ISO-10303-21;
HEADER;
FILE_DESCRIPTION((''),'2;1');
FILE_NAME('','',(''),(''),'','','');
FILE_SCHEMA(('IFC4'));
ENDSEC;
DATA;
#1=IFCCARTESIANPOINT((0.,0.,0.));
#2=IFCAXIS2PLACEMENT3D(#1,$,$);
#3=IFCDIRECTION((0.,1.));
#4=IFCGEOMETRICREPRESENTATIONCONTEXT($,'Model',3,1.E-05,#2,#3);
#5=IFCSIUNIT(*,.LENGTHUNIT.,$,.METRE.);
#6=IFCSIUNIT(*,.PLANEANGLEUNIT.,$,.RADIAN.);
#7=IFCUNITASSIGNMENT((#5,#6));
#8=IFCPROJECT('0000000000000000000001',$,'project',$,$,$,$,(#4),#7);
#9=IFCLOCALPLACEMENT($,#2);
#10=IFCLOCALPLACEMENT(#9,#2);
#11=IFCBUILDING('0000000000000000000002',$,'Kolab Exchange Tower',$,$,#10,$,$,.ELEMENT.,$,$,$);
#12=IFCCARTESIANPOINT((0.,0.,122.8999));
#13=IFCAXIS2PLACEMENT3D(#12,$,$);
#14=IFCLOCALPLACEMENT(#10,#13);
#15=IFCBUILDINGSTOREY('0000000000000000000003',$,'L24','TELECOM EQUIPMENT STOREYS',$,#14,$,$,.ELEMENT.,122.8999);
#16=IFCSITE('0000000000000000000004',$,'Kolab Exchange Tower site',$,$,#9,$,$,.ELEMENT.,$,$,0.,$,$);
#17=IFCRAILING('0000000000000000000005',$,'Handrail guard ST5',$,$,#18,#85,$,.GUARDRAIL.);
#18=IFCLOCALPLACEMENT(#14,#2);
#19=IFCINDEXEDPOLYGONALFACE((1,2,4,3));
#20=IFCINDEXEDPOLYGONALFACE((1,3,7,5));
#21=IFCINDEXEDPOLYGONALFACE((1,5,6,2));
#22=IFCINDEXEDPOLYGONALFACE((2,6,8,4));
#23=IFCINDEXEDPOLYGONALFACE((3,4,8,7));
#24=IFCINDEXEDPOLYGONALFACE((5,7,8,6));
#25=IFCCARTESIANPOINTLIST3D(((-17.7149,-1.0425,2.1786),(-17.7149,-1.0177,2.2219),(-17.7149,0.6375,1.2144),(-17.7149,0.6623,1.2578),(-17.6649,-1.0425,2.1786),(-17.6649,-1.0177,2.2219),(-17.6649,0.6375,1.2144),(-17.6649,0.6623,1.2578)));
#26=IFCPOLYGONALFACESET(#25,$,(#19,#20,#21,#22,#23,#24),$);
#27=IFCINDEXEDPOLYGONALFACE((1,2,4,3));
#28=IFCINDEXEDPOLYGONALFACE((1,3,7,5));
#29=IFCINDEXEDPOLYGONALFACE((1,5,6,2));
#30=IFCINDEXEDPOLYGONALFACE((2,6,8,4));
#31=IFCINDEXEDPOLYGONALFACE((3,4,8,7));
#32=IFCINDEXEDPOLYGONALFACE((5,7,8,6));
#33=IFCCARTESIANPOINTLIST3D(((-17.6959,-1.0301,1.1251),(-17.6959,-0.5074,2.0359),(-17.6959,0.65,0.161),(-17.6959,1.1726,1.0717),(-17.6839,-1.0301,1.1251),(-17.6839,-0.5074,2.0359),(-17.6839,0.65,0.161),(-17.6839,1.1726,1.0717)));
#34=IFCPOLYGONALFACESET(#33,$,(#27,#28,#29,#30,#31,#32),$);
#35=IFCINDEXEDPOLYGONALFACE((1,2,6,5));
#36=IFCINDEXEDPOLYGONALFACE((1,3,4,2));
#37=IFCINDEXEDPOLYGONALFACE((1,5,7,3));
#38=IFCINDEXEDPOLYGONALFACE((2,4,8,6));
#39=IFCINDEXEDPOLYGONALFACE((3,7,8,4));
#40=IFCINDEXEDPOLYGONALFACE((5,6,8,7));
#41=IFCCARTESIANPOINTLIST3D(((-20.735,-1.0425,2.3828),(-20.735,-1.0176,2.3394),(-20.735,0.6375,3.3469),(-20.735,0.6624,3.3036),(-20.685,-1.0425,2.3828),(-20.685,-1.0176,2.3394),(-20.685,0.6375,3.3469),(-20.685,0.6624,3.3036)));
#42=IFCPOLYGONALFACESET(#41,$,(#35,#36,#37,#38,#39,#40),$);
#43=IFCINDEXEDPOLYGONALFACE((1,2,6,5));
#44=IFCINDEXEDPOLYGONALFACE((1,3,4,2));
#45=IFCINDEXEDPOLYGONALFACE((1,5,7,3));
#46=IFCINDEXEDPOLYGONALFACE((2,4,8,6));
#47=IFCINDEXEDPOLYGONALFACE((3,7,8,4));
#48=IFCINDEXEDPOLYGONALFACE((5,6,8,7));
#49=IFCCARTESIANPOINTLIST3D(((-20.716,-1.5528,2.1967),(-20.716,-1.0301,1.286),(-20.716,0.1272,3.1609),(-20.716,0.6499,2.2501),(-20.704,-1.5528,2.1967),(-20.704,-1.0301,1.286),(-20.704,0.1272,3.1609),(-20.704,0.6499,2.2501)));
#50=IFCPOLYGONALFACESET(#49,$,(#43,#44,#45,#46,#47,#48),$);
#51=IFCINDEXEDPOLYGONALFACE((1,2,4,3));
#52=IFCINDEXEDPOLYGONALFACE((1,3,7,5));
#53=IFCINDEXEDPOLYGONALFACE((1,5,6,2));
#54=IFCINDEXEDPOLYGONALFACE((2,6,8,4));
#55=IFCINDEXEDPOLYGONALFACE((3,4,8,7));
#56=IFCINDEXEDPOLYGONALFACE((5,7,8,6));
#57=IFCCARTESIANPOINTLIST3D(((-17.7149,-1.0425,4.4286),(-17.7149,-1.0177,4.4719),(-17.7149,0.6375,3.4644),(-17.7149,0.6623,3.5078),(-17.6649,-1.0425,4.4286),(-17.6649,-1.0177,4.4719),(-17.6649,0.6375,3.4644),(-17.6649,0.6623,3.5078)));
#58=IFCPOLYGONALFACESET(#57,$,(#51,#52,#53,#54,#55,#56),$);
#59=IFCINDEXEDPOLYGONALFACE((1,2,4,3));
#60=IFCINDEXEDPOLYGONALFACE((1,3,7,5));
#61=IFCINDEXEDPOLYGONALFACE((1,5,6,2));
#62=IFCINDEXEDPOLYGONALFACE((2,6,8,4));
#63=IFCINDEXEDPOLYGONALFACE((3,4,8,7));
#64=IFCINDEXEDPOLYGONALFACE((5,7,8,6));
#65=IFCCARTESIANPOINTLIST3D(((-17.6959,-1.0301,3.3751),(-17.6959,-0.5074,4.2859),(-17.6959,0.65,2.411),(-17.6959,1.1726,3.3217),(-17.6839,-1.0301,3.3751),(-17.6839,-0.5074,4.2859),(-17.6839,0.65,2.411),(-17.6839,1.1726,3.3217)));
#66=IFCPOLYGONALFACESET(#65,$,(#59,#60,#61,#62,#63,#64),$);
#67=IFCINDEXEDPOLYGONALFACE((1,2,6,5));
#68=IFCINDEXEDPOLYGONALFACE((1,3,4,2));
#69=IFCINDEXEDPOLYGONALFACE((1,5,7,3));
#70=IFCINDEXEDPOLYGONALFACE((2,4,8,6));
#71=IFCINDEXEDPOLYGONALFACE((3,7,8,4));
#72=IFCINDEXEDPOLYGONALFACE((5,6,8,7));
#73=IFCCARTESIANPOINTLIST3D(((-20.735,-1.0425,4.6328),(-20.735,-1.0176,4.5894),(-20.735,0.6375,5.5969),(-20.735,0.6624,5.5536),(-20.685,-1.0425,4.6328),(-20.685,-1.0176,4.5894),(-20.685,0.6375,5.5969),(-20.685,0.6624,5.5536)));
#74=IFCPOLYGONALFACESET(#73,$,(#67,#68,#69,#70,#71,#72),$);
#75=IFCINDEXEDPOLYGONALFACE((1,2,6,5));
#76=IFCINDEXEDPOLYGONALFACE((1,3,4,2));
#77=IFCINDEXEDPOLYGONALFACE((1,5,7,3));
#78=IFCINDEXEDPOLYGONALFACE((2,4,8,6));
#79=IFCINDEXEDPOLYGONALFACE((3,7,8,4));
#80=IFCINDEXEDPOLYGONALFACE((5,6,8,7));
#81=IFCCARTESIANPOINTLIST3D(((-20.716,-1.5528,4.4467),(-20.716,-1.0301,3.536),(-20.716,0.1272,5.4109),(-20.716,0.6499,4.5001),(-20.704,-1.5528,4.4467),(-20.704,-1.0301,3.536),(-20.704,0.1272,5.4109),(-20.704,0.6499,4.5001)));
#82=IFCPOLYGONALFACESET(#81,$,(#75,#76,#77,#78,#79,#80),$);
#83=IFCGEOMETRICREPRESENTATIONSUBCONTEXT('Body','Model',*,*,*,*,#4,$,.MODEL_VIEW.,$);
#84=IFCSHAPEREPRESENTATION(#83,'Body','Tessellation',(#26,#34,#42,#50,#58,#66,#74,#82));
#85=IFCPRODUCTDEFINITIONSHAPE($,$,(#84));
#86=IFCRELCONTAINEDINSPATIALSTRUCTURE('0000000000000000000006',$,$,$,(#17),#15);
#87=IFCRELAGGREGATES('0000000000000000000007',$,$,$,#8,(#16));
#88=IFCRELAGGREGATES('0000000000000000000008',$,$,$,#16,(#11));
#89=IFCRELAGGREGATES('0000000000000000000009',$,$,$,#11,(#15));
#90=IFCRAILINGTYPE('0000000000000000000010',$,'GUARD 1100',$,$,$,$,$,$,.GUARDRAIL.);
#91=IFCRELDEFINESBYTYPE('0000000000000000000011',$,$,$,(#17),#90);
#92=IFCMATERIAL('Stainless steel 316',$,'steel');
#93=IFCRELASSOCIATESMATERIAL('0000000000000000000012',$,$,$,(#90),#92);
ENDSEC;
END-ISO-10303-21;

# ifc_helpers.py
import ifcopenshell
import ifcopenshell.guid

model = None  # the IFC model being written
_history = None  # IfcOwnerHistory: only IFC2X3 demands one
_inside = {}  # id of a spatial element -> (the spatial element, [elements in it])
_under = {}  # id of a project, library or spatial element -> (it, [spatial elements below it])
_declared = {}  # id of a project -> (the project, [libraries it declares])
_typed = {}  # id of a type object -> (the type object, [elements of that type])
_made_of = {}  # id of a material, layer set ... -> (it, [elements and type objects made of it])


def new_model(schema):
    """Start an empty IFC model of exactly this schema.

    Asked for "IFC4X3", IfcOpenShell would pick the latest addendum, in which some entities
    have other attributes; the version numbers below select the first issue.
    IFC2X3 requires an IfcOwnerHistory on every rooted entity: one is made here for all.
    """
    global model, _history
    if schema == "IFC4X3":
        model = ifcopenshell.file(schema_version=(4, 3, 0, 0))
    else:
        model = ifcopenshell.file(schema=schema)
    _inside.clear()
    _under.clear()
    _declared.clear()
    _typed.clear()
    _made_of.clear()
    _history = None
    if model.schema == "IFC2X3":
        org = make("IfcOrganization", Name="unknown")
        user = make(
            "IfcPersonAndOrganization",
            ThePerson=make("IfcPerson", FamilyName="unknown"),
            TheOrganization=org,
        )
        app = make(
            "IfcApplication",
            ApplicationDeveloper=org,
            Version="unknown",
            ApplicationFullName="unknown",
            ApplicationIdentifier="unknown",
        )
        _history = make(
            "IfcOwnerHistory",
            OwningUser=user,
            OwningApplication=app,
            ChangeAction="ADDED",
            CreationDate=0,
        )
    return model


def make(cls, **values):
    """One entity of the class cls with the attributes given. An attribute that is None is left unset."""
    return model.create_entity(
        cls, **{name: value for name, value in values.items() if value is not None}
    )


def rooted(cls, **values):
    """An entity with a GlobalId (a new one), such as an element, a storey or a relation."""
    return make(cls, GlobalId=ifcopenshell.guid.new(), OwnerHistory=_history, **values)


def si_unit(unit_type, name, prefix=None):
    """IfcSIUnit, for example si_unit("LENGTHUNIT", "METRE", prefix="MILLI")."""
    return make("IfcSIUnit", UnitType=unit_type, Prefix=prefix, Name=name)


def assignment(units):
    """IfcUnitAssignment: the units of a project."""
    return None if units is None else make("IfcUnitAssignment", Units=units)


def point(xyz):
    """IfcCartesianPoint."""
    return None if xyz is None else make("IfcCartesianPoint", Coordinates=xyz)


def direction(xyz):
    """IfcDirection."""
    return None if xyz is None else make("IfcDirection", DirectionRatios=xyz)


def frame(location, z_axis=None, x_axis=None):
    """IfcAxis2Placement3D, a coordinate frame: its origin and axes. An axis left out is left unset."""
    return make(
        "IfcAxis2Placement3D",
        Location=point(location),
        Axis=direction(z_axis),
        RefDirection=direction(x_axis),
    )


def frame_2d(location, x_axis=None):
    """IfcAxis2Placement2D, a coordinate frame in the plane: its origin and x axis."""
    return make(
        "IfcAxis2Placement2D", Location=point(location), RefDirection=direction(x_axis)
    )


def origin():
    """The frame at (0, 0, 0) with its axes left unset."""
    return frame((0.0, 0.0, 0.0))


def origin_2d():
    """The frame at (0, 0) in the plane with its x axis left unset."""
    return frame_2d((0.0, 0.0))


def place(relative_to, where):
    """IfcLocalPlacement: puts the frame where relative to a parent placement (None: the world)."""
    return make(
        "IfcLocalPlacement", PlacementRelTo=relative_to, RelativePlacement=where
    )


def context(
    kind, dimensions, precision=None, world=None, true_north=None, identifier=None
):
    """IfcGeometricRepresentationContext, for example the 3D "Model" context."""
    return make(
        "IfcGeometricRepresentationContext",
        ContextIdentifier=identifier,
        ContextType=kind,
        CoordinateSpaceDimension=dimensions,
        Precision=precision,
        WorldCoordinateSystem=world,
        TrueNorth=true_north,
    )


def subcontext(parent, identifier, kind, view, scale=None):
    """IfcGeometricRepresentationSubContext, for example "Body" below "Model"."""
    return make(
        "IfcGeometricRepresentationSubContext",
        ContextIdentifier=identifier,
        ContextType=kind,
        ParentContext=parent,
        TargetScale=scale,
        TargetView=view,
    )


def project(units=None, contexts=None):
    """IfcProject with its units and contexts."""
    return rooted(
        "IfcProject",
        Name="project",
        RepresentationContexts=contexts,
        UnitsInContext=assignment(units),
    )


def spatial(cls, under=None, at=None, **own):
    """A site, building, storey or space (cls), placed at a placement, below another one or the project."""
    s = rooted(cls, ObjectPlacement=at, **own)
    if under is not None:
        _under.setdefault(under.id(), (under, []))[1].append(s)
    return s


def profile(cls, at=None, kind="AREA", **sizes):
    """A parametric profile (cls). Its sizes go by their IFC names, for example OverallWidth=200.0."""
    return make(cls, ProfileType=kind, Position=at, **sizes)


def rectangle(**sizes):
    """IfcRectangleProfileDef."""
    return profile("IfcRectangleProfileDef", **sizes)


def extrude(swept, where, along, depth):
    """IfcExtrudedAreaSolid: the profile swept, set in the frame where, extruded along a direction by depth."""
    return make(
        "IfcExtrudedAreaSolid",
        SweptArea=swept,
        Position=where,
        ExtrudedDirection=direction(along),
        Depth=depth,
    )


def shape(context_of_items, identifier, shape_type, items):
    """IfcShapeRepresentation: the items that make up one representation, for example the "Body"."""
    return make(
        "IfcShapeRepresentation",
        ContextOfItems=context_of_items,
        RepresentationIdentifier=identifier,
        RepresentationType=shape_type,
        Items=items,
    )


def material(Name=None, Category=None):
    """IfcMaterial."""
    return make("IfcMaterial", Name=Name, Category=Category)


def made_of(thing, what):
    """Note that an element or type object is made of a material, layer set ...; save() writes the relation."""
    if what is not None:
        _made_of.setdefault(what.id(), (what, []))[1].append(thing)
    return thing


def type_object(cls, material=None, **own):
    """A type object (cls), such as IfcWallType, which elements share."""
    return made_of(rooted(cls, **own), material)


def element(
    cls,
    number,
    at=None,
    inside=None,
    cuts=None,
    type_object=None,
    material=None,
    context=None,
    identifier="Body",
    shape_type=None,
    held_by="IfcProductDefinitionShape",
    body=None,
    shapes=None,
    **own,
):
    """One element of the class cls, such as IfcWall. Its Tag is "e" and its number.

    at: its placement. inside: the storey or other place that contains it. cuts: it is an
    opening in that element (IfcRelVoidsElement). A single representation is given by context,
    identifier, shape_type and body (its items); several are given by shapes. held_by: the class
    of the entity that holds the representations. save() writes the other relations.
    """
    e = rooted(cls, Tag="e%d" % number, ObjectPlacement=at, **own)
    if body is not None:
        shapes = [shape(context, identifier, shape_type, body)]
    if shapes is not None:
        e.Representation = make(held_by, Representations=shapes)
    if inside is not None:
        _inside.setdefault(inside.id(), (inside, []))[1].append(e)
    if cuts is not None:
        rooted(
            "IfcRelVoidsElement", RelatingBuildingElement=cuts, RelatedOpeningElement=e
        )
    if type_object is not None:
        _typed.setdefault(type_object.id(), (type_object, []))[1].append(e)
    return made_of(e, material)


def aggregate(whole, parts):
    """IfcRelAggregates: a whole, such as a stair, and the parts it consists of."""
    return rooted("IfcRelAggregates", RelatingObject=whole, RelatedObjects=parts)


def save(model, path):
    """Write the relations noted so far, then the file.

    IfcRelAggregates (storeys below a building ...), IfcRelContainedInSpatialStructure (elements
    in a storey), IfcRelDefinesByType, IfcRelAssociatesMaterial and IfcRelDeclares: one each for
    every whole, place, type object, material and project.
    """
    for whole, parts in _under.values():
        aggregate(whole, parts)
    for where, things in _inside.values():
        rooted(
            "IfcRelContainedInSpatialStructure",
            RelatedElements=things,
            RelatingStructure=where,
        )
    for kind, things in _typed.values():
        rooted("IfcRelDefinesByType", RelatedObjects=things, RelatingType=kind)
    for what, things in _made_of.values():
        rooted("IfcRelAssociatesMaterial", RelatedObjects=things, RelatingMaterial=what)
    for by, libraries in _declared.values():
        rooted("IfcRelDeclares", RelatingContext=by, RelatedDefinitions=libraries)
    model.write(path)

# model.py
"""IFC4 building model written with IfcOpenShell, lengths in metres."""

from ifc_helpers import new_model, si_unit, direction, frame, frame_2d, origin, origin_2d, place, context, subcontext, project, spatial, rectangle, extrude, material, type_object, element, save


model = new_model("IFC4")

# Units and contexts
model_context = context("Model", 3, precision=1e-05, world=origin(), true_north=direction((0.0, 1.0)))
body_context = subcontext(model_context, "Body", "Model", "MODEL_VIEW")
ifc_project = project(units=[si_unit("LENGTHUNIT", "METRE"), si_unit("PLANEANGLEUNIT", "RADIAN")], contexts=[model_context])

# Site, building, storey
site_placement = place(None, origin())
site = spatial("IfcSite", under=ifc_project, at=site_placement, Name="Kolab Exchange Tower site", CompositionType="ELEMENT", RefElevation=0.0)
building_placement = place(site_placement, origin())
building = spatial("IfcBuilding", under=site, at=building_placement, Name="Kolab Exchange Tower", CompositionType="ELEMENT")
storey_placement = place(building_placement, frame((0.0, 0.0, 122.8999)))
storey = spatial("IfcBuildingStorey", under=building, at=storey_placement, Name="L24", Description="TELECOM EQUIPMENT STOREYS", CompositionType="ELEMENT", Elevation=122.8999)

# Railing
ifc_material_1 = material(Name="Stainless steel 316", Category="steel")
railing_type = type_object("IfcRailingType", Name="GUARD 1100", PredefinedType="GUARDRAIL", material=ifc_material_1)
railing_placement = place(storey_placement, frame((-17.6899, 0.6499, 0.1609)))
element("IfcRailing", 1, at=railing_placement, inside=storey, type_object=railing_type, Name="Handrail guard ST5", PredefinedType="GUARDRAIL", context=body_context, shape_type="SweptSolid", body=[
    extrude(rectangle(XDim=0.05, YDim=0.05, at=origin_2d()), frame((0.0, 0.0, 1.0752), z_axis=(0.0, -0.867319, 0.497753), x_axis=(1.0, 0.0, 0.0)), (0.0, 0.0, 1.0), 1.937),
    extrude(rectangle(XDim=0.012, YDim=1.0501, at=frame_2d((0.0, 0.5251))), frame((0.0, 0.0, 0.0), z_axis=(0.0, -0.867319, 0.497753), x_axis=(1.0, 0.0, 0.0)), (0.0, 0.0, 1.0), 1.937),
    extrude(rectangle(XDim=0.05, YDim=0.05, at=origin_2d()), frame((-3.02, -1.6799, 2.2002), z_axis=(0.0, 0.867319, 0.497753), x_axis=(-1.0, 0.0, 0.0)), (0.0, 0.0, 1.0), 1.937),
    extrude(rectangle(XDim=0.012, YDim=1.0501, at=frame_2d((0.0, 0.5251))), frame((-3.02, -1.6799, 1.125), z_axis=(0.0, 0.867319, 0.497753), x_axis=(-1.0, 0.0, 0.0)), (0.0, 0.0, 1.0), 1.937),
    extrude(rectangle(XDim=0.05, YDim=0.05, at=origin_2d()), frame((0.0, 0.0, 3.3252), z_axis=(0.0, -0.867319, 0.497753), x_axis=(1.0, 0.0, 0.0)), (0.0, 0.0, 1.0), 1.937),
    extrude(rectangle(XDim=0.012, YDim=1.0501, at=frame_2d((0.0, 0.5251))), frame((0.0, 0.0, 2.25), z_axis=(0.0, -0.867319, 0.497753), x_axis=(1.0, 0.0, 0.0)), (0.0, 0.0, 1.0), 1.937),
    extrude(rectangle(XDim=0.05, YDim=0.05, at=origin_2d()), frame((-3.02, -1.6799, 4.4502), z_axis=(0.0, 0.867319, 0.497753), x_axis=(-1.0, 0.0, 0.0)), (0.0, 0.0, 1.0), 1.937),
    extrude(rectangle(XDim=0.012, YDim=1.0501, at=frame_2d((0.0, 0.5251))), frame((-3.02, -1.6799, 3.375), z_axis=(0.0, 0.867319, 0.497753), x_axis=(-1.0, 0.0, 0.0)), (0.0, 0.0, 1.0), 1.937),
])

save(model, "model.ifc")
